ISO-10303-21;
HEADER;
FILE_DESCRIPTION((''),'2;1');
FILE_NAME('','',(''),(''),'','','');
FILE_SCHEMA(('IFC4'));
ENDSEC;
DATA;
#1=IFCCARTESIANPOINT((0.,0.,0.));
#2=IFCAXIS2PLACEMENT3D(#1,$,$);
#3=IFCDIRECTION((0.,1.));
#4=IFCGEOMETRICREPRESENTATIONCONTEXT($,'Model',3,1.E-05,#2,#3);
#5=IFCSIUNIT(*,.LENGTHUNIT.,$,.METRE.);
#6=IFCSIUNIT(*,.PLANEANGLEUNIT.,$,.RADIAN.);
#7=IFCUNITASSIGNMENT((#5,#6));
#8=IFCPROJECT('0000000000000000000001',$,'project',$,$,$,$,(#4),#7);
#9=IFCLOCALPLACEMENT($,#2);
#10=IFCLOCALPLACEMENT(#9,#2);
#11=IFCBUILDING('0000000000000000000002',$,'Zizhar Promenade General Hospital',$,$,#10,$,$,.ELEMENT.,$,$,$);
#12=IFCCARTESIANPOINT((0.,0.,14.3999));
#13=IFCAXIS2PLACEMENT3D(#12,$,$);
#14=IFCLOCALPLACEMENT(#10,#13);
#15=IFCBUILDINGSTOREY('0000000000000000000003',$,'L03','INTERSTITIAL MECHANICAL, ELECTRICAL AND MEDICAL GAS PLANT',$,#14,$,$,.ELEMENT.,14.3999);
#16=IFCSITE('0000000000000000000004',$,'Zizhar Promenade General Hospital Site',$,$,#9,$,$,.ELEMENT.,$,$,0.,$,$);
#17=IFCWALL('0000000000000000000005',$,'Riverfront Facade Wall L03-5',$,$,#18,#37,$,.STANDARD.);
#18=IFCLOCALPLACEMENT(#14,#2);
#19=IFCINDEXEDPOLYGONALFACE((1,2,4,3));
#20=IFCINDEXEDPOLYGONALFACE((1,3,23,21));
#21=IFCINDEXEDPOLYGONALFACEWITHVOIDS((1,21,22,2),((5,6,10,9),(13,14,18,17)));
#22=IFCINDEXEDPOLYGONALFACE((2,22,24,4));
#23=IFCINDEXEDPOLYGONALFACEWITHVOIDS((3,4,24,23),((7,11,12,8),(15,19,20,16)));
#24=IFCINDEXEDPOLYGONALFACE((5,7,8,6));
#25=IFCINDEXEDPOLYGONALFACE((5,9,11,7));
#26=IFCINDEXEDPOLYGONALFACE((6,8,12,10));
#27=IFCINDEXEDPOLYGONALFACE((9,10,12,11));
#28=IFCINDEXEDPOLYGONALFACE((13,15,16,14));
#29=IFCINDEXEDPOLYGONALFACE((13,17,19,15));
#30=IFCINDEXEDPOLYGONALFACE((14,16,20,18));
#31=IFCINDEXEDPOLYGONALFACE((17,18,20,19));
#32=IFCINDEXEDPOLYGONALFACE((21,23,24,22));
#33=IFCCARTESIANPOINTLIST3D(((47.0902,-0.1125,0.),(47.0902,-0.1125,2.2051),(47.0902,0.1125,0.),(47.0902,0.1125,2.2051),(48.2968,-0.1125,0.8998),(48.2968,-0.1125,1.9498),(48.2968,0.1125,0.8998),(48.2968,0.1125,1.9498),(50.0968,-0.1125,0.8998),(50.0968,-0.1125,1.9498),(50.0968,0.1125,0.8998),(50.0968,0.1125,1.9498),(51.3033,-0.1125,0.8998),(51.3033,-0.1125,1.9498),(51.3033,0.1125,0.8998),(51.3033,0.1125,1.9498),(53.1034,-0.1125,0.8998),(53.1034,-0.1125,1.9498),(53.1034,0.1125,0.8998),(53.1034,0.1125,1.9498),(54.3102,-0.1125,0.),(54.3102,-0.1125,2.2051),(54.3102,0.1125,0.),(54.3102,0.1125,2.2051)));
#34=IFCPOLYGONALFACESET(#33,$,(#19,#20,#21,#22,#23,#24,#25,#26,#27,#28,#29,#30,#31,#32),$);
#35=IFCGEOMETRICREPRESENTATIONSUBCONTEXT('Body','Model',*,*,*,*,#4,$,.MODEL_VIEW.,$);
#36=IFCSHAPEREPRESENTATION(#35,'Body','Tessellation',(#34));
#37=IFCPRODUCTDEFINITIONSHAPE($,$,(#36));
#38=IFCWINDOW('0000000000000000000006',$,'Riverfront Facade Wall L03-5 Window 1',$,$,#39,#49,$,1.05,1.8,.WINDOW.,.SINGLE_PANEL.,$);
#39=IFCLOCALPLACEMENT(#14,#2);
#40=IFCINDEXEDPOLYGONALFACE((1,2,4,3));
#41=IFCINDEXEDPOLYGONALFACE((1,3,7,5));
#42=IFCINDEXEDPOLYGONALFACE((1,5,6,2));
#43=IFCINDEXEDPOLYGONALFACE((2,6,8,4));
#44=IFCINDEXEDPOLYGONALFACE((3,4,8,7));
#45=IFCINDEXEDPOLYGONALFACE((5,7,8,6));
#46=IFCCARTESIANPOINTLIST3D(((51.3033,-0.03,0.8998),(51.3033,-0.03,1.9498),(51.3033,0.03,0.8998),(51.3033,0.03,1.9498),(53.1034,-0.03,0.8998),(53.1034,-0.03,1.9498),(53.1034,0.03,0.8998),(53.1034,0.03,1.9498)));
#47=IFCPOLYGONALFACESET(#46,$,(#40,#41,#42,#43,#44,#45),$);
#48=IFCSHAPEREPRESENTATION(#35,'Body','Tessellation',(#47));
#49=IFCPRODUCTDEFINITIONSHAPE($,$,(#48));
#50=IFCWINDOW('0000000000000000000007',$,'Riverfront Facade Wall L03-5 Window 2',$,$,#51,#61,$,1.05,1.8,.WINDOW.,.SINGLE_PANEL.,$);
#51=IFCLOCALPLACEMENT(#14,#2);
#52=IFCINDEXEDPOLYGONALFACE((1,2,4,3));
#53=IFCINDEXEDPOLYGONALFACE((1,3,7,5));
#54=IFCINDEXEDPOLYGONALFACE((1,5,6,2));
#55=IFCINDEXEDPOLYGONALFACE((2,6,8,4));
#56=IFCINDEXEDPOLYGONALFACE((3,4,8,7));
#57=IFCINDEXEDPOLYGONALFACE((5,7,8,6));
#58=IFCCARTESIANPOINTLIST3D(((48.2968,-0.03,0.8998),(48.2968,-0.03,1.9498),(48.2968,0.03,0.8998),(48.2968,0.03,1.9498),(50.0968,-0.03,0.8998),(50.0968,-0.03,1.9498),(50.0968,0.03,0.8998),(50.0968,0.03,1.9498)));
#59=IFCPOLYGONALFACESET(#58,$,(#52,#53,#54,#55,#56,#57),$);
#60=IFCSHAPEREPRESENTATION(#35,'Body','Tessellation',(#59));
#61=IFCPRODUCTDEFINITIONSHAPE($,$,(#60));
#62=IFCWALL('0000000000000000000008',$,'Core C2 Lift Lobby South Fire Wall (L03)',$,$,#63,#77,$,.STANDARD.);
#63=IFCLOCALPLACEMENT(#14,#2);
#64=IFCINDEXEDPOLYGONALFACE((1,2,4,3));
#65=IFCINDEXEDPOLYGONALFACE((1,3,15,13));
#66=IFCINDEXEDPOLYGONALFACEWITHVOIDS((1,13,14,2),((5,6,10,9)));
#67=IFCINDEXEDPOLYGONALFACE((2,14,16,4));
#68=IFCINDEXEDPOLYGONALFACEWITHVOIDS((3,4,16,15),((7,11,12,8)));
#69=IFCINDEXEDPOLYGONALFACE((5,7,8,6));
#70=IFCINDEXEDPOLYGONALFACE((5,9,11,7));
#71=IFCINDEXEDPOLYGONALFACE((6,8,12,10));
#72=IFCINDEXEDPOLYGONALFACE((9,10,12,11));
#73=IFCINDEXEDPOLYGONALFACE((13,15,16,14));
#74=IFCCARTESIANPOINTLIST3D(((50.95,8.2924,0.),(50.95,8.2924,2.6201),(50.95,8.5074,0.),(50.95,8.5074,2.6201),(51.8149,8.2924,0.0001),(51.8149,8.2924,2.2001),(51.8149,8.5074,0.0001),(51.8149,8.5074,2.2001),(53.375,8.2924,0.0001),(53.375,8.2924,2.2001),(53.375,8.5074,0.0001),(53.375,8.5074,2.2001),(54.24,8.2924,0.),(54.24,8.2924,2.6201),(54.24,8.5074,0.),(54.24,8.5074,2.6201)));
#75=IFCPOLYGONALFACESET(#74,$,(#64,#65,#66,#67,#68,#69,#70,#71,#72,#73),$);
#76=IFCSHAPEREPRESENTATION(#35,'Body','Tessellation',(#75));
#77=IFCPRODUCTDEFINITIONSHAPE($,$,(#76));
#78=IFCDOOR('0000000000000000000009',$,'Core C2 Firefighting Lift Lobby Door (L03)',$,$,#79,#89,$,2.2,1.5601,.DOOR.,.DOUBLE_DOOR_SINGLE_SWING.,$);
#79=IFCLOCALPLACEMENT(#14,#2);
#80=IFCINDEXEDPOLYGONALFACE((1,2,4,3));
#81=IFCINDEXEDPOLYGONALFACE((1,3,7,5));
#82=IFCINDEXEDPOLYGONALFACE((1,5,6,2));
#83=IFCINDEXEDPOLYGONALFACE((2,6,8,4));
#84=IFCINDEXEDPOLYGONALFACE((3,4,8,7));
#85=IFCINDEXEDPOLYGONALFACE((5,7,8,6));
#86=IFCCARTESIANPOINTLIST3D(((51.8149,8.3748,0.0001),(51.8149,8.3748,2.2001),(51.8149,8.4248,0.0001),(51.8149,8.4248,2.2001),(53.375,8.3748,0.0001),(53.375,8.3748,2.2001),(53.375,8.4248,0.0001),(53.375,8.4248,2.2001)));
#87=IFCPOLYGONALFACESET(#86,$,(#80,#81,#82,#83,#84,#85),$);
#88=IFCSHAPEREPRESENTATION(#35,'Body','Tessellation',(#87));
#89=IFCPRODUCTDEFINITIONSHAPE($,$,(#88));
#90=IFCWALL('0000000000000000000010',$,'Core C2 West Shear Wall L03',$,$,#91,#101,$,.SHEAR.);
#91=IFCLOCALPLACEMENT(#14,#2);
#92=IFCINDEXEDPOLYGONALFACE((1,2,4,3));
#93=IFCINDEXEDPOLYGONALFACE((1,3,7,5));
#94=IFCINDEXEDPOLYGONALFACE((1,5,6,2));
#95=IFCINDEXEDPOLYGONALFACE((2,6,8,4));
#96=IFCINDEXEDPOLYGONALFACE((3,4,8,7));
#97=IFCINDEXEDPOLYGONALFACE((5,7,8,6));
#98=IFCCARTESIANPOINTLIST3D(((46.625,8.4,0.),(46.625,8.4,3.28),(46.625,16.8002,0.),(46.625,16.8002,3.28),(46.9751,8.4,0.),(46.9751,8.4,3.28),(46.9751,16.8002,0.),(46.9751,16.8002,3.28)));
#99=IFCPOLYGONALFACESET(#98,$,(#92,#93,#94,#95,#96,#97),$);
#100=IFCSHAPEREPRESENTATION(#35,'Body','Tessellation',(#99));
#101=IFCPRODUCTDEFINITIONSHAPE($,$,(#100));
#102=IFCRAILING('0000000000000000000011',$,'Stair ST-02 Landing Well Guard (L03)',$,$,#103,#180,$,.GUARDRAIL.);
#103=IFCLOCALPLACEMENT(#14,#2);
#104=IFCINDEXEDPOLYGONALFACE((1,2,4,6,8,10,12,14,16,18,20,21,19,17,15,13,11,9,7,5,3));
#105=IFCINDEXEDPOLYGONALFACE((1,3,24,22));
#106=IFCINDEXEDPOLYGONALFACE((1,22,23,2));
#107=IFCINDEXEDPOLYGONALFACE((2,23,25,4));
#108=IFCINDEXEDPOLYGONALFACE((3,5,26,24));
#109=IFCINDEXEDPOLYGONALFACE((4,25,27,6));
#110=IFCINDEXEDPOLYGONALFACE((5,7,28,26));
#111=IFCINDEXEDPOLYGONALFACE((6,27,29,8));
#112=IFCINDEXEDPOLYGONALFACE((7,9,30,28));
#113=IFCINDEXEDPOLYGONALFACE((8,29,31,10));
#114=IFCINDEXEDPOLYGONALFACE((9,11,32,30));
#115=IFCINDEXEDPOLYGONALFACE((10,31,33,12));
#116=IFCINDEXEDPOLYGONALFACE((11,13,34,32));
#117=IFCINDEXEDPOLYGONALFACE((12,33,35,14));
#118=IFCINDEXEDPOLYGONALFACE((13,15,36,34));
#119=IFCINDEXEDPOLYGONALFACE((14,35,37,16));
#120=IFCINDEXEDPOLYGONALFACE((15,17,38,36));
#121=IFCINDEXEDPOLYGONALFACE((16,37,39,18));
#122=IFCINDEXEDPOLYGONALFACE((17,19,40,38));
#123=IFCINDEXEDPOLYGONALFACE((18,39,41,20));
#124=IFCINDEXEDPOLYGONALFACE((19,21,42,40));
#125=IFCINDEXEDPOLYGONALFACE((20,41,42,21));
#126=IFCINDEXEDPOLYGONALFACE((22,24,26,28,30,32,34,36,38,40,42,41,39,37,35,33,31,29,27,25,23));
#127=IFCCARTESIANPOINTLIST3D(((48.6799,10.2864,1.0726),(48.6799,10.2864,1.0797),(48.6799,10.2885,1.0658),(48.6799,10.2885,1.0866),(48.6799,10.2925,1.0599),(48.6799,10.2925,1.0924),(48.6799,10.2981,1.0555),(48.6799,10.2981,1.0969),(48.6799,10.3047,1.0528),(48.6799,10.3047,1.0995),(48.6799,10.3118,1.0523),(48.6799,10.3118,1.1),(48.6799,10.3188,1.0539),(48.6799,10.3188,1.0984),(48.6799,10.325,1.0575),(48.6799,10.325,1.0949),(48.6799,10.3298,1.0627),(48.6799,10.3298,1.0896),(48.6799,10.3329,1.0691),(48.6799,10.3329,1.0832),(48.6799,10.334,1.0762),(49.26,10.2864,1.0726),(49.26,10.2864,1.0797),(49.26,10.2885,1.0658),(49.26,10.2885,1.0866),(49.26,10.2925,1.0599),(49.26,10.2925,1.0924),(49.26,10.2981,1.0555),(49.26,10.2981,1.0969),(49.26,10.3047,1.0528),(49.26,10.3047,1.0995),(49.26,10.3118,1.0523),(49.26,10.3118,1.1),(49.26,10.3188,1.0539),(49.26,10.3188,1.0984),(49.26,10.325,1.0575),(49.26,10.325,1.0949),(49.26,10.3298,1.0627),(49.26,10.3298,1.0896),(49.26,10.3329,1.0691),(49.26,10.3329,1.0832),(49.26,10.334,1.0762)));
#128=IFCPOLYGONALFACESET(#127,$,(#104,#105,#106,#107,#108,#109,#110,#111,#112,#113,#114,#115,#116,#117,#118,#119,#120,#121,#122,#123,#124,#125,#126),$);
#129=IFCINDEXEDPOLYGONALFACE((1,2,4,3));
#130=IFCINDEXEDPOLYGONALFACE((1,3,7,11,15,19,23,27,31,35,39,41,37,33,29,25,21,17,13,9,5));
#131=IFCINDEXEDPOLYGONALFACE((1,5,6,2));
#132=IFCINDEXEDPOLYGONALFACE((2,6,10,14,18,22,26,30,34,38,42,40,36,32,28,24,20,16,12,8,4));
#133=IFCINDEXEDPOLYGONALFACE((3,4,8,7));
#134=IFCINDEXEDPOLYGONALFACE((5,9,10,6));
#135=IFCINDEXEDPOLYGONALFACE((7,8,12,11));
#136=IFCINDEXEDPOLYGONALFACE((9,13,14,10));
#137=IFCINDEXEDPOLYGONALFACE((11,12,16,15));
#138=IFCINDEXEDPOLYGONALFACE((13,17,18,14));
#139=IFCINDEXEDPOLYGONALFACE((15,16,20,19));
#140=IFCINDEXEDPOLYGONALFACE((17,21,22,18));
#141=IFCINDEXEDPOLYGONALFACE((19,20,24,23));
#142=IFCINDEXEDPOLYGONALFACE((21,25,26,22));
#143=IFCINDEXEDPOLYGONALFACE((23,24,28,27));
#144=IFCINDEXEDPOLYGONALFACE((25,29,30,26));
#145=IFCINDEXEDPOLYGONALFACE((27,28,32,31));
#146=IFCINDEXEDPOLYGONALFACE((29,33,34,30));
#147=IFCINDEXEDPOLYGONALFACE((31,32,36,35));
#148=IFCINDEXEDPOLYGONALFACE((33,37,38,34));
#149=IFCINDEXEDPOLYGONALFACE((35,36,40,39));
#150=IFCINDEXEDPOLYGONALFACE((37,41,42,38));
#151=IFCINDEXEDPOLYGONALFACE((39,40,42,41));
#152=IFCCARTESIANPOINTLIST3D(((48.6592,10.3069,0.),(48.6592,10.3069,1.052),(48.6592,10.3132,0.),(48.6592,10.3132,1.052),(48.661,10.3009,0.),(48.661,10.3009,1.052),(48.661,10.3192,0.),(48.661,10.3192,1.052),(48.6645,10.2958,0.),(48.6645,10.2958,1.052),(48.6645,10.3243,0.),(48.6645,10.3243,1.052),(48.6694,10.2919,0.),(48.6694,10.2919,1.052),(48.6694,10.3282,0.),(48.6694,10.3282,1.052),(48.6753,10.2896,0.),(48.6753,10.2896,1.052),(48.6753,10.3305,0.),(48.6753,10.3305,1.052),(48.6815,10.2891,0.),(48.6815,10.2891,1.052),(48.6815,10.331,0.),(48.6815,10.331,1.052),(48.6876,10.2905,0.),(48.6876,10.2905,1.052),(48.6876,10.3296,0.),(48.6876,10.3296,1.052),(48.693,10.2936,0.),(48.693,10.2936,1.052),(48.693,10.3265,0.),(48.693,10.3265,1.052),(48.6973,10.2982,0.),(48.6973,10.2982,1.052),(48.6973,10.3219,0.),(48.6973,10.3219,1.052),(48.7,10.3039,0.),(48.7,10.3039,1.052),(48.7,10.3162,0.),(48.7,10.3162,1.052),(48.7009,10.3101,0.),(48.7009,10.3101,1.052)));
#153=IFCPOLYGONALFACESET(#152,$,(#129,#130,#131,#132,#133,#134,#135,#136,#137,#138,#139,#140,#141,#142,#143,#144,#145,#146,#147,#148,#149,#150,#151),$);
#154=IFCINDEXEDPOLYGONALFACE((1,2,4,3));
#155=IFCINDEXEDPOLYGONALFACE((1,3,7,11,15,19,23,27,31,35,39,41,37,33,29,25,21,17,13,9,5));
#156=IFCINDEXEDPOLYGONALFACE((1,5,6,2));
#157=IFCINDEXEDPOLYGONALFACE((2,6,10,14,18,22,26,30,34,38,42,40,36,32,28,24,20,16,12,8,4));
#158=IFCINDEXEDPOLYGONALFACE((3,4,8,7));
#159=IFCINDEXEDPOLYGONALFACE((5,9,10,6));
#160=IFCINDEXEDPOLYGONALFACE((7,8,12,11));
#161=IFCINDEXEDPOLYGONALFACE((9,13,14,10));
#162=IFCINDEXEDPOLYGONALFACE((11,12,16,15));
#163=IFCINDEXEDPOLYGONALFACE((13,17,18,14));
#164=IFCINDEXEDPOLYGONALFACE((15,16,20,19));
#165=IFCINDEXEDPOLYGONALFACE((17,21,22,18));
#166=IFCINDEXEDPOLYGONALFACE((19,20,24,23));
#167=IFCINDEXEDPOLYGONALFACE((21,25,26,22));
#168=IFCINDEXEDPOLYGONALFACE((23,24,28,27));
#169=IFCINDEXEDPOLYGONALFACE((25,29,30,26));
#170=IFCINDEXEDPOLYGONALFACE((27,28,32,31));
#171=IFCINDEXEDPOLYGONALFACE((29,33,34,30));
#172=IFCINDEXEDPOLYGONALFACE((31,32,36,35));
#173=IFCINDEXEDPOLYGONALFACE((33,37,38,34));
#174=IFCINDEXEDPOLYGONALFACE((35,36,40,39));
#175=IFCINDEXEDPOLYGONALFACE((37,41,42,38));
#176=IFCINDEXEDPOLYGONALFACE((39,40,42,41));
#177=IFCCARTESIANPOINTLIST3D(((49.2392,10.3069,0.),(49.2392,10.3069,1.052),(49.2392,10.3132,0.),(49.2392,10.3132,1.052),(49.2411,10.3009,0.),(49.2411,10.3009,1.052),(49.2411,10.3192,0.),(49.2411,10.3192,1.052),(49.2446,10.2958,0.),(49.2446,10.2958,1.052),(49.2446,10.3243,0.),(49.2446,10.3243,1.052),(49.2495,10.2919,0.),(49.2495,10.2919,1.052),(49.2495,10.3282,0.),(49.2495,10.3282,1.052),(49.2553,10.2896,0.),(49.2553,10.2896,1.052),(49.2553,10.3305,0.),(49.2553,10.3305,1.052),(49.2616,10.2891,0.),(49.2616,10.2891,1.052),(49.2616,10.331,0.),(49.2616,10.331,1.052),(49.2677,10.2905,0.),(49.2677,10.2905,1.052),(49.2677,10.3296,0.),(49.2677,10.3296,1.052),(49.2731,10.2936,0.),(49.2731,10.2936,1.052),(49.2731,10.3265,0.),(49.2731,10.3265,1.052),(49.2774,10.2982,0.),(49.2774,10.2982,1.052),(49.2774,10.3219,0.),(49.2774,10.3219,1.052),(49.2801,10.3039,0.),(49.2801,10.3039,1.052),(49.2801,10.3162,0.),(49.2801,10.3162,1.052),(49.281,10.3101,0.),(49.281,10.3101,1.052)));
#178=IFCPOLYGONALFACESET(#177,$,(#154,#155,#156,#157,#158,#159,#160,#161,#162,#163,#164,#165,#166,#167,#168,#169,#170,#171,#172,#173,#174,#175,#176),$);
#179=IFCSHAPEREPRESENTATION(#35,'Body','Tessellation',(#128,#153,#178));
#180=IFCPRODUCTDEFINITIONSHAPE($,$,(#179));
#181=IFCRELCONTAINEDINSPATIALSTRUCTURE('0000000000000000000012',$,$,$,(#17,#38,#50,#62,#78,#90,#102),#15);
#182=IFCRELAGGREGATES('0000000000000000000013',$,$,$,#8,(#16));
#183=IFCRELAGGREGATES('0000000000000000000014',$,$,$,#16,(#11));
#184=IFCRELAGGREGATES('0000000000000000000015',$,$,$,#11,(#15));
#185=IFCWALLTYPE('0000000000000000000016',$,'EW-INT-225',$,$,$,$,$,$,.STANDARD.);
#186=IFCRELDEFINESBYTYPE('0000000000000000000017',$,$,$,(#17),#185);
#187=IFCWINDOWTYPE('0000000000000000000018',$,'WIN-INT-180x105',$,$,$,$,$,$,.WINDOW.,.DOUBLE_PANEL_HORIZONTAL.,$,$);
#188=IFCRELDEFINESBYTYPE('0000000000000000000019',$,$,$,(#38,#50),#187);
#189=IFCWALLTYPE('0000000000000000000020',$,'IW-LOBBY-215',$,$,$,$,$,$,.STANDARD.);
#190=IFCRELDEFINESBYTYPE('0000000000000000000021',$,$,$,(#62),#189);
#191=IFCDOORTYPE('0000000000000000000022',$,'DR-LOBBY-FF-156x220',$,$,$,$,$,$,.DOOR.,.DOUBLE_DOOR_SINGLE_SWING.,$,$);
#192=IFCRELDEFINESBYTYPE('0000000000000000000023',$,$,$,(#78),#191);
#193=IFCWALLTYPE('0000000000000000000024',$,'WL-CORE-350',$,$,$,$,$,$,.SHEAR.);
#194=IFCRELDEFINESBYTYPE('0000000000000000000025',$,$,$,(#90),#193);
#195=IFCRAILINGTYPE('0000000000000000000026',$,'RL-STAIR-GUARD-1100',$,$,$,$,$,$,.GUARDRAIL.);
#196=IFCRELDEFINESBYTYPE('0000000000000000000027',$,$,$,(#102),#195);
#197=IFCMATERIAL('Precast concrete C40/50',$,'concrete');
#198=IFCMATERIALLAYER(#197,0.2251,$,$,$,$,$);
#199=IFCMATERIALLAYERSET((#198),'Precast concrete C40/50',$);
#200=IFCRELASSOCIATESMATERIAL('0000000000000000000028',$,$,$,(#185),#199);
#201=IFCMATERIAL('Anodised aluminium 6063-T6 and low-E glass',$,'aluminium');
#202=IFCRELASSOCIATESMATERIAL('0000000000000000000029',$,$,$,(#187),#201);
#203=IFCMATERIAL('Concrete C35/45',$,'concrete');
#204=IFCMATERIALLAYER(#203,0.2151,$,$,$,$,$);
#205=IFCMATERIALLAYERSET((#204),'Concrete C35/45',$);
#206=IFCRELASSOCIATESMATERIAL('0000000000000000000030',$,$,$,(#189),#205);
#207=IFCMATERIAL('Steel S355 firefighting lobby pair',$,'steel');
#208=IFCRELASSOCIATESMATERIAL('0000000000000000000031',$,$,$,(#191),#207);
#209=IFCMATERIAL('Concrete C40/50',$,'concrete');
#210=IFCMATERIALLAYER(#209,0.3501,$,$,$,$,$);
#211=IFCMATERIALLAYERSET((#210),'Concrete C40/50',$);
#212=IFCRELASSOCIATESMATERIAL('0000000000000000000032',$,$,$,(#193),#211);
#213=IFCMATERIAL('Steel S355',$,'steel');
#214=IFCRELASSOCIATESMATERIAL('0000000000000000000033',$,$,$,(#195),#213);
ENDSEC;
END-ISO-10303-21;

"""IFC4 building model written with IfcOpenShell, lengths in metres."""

from ifc_helpers import new_model, si_unit, direction, frame, frame_2d, origin, origin_2d, place, context, subcontext, project, spatial, rectangle, circle, hollow_circle, extrude, material, layer, layer_set, material_profile, profile_set, type_object, element, fill, save


model = new_model("IFC4")

# Units and contexts
model_context = context("Model", 3, precision=1e-05, world=origin(), true_north=direction((0.0, 1.0)))
body_context = subcontext(model_context, "Body", "Model", "MODEL_VIEW")
ifc_project = project(units=[si_unit("LENGTHUNIT", "METRE"), si_unit("PLANEANGLEUNIT", "RADIAN")], contexts=[model_context])

# Site, building, storey
site_placement = place(None, origin())
site = spatial("IfcSite", under=ifc_project, at=site_placement, Name="Zizhar Promenade General Hospital Site", CompositionType="ELEMENT", RefElevation=0.0)
building_placement = place(site_placement, origin())
building = spatial("IfcBuilding", under=site, at=building_placement, Name="Zizhar Promenade General Hospital", CompositionType="ELEMENT")
storey_placement = place(building_placement, frame((0.0, 0.0, 14.3999)))
storey = spatial("IfcBuildingStorey", under=building, at=storey_placement, Name="L03", Description="INTERSTITIAL MECHANICAL, ELECTRICAL AND MEDICAL GAS PLANT", CompositionType="ELEMENT", Elevation=14.3999)

# Wall, openings, windows
ifc_material_1 = material(Name="Precast concrete C40/50", Category="concrete")
ifc_layer_1 = layer(ifc_material_1, 0.2251)
ifc_layer_set_1 = layer_set([ifc_layer_1], Name="Precast concrete C40/50")
wall_type_1 = type_object("IfcWallType", Name="EW-INT-225", PredefinedType="STANDARD", material=ifc_layer_set_1)
ifc_material_2 = material(Name="Anodised aluminium 6063-T6 and low-E glass", Category="aluminium")
window_type = type_object("IfcWindowType", Name="WIN-INT-180x105", PartitioningType="DOUBLE_PANEL_HORIZONTAL", PredefinedType="WINDOW", material=ifc_material_2)
wall_1_placement = place(storey_placement, frame((54.3101, 0.0, 0.0), z_axis=(0.0, 0.0, 1.0), x_axis=(-1.0, 0.0, 0.0)))
wall_1 = element("IfcWall", 1, at=wall_1_placement, inside=storey, type_object=wall_type_1, Name="Riverfront Facade Wall L03-5", PredefinedType="STANDARD", context=body_context, shape_type="SweptSolid", body=[
    extrude(rectangle(XDim=7.22, YDim=0.2251, at=frame_2d((3.6099, 0.0))), origin(), (0.0, 0.0, 1.0), 2.2051),
])
opening_1_placement = place(wall_1_placement, frame((1.2068, 0.0, 0.8999)))
opening_1 = element("IfcOpeningElement", 2, at=opening_1_placement, cuts=wall_1, PredefinedType="OPENING", context=body_context, shape_type="SweptSolid", body=[
    extrude(rectangle(XDim=1.8, YDim=1.05, at=frame_2d((0.8999, 0.5249))), frame((0.0, 0.1226, 0.0), z_axis=(0.0, -1.0, 0.0), x_axis=(1.0, 0.0, 0.0)), (0.0, 0.0, 1.0), 0.2451),
])
opening_2_placement = place(wall_1_placement, frame((4.2134, 0.0, 0.8999)))
opening_2 = element("IfcOpeningElement", 3, at=opening_2_placement, cuts=wall_1, PredefinedType="OPENING", context=body_context, shape_type="SweptSolid", body=[
    extrude(rectangle(XDim=1.8, YDim=1.05, at=frame_2d((0.8999, 0.5249))), frame((0.0, 0.1226, 0.0), z_axis=(0.0, -1.0, 0.0), x_axis=(1.0, 0.0, 0.0)), (0.0, 0.0, 1.0), 0.2451),
])
window_1_placement = place(opening_1_placement, origin())
window_1 = element("IfcWindow", 4, at=window_1_placement, inside=storey, type_object=window_type, Name="Riverfront Facade Wall L03-5 Window 1", OverallHeight=1.05, OverallWidth=1.8, PartitioningType="SINGLE_PANEL", PredefinedType="WINDOW", context=body_context, shape_type="SweptSolid", body=[
    extrude(rectangle(XDim=1.8, YDim=1.05, at=frame_2d((0.8999, 0.5249))), frame((0.0, 0.03, 0.0), z_axis=(0.0, -1.0, 0.0), x_axis=(1.0, 0.0, 0.0)), (0.0, 0.0, 1.0), 0.0601),
])
fill(opening_1, window_1)
window_2_placement = place(opening_2_placement, origin())
window_2 = element("IfcWindow", 5, at=window_2_placement, inside=storey, type_object=window_type, Name="Riverfront Facade Wall L03-5 Window 2", OverallHeight=1.05, OverallWidth=1.8, PartitioningType="SINGLE_PANEL", PredefinedType="WINDOW", context=body_context, shape_type="SweptSolid", body=[
    extrude(rectangle(XDim=1.8, YDim=1.05, at=frame_2d((0.8999, 0.5249))), frame((0.0, 0.03, 0.0), z_axis=(0.0, -1.0, 0.0), x_axis=(1.0, 0.0, 0.0)), (0.0, 0.0, 1.0), 0.0601),
])
fill(opening_2, window_2)

# Wall, opening, door
ifc_material_3 = material(Name="Concrete C35/45", Category="concrete")
ifc_layer_2 = layer(ifc_material_3, 0.2151)
ifc_layer_set_2 = layer_set([ifc_layer_2], Name="Concrete C35/45")
wall_type_2 = type_object("IfcWallType", Name="IW-LOBBY-215", PredefinedType="STANDARD", material=ifc_layer_set_2)
wall_2_placement = place(storey_placement, frame((50.95, 8.3999, 0.0), z_axis=(0.0, 0.0, 1.0), x_axis=(1.0, 0.0, 0.0)))
wall_2 = element("IfcWall", 6, at=wall_2_placement, inside=storey, type_object=wall_type_2, Name="Core C2 Lift Lobby South Fire Wall (L03)", PredefinedType="STANDARD", context=body_context, shape_type="SweptSolid", body=[
    extrude(rectangle(XDim=3.29, YDim=0.2151, at=frame_2d((1.645, 0.0))), origin(), (0.0, 0.0, 1.0), 2.6201),
])
opening_3_placement = place(wall_2_placement, frame((0.865, 0.0, 0.0)))
opening_3 = element("IfcOpeningElement", 7, at=opening_3_placement, cuts=wall_2, PredefinedType="OPENING", context=body_context, shape_type="SweptSolid", body=[
    extrude(rectangle(XDim=1.5601, YDim=2.2, at=frame_2d((0.78, 1.1001))), frame((0.0, 0.1177, 0.0), z_axis=(0.0, -1.0, 0.0), x_axis=(1.0, 0.0, 0.0)), (0.0, 0.0, 1.0), 0.2351),
])
ifc_material_4 = material(Name="Steel S355 firefighting lobby pair", Category="steel")
door_type_1 = type_object("IfcDoorType", Name="DR-LOBBY-FF-156x220", OperationType="DOUBLE_DOOR_SINGLE_SWING", PredefinedType="DOOR", material=ifc_material_4)
door_1_placement = place(opening_3_placement, origin())
door_1 = element("IfcDoor", 8, at=door_1_placement, inside=storey, type_object=door_type_1, Name="Core C2 Firefighting Lift Lobby Door (L03)", OperationType="DOUBLE_DOOR_SINGLE_SWING", OverallHeight=2.2, OverallWidth=1.5601, PredefinedType="DOOR", context=body_context, shape_type="SweptSolid", body=[
    extrude(rectangle(XDim=1.5601, YDim=2.2, at=frame_2d((0.78, 1.1001))), frame((0.0, 0.0249, 0.0), z_axis=(0.0, -1.0, 0.0), x_axis=(1.0, 0.0, 0.0)), (0.0, 0.0, 1.0), 0.05),
])
fill(opening_3, door_1)

# Wall
ifc_material_5 = material(Name="Concrete C40/50", Category="concrete")
ifc_layer_3 = layer(ifc_material_5, 0.3501)
ifc_layer_set_3 = layer_set([ifc_layer_3], Name="Concrete C40/50")
wall_type_3 = type_object("IfcWallType", Name="WL-CORE-350", PredefinedType="SHEAR", material=ifc_layer_set_3)
wall_3_placement = place(storey_placement, frame((46.8, 8.3999, 0.0), z_axis=(0.0, 0.0, 1.0), x_axis=(0.0, 1.0, 0.0)))
element("IfcWall", 9, at=wall_3_placement, inside=storey, type_object=wall_type_3, Name="Core C2 West Shear Wall L03", PredefinedType="SHEAR", context=body_context, shape_type="SweptSolid", body=[
    extrude(rectangle(XDim=8.4001, YDim=0.3501, at=frame_2d((4.2002, 0.0))), origin(), (0.0, 0.0, 1.0), 3.28),
])

# Railing
ifc_material_6 = material(Name="Steel S355", Category="steel")
ifc_material_profile_1 = material_profile(ifc_material_6, hollow_circle(Radius=0.0698, WallThickness=0.0063, at=origin_2d()))
ifc_profile_set_1 = profile_set([ifc_material_profile_1], Name="Steel S355")
railing_type = type_object("IfcRailingType", Name="RL-STAIR-GUARD-1100", PredefinedType="GUARDRAIL", material=ifc_profile_set_1)
railing_placement = place(storey_placement, frame((48.6799, 10.3101, 0.0)))
element("IfcRailing", 10, at=railing_placement, inside=storey, type_object=railing_type, Name="Stair ST-02 Landing Well Guard (L03)", PredefinedType="GUARDRAIL", context=body_context, shape_type="SweptSolid", body=[
    extrude(circle(Radius=0.0239, at=origin_2d()), frame((0.0, 0.0, 1.0762), z_axis=(1.0, 0.0, 0.0), x_axis=(0.0, 1.0, 0.0)), (0.0, 0.0, 1.0), 0.5801),
    extrude(circle(Radius=0.021, at=origin_2d()), origin(), (0.0, 0.0, 1.0), 1.052),
    extrude(circle(Radius=0.021, at=origin_2d()), frame((0.5801, 0.0, 0.0)), (0.0, 0.0, 1.0), 1.052),
])

save(model, "model.ifc")
